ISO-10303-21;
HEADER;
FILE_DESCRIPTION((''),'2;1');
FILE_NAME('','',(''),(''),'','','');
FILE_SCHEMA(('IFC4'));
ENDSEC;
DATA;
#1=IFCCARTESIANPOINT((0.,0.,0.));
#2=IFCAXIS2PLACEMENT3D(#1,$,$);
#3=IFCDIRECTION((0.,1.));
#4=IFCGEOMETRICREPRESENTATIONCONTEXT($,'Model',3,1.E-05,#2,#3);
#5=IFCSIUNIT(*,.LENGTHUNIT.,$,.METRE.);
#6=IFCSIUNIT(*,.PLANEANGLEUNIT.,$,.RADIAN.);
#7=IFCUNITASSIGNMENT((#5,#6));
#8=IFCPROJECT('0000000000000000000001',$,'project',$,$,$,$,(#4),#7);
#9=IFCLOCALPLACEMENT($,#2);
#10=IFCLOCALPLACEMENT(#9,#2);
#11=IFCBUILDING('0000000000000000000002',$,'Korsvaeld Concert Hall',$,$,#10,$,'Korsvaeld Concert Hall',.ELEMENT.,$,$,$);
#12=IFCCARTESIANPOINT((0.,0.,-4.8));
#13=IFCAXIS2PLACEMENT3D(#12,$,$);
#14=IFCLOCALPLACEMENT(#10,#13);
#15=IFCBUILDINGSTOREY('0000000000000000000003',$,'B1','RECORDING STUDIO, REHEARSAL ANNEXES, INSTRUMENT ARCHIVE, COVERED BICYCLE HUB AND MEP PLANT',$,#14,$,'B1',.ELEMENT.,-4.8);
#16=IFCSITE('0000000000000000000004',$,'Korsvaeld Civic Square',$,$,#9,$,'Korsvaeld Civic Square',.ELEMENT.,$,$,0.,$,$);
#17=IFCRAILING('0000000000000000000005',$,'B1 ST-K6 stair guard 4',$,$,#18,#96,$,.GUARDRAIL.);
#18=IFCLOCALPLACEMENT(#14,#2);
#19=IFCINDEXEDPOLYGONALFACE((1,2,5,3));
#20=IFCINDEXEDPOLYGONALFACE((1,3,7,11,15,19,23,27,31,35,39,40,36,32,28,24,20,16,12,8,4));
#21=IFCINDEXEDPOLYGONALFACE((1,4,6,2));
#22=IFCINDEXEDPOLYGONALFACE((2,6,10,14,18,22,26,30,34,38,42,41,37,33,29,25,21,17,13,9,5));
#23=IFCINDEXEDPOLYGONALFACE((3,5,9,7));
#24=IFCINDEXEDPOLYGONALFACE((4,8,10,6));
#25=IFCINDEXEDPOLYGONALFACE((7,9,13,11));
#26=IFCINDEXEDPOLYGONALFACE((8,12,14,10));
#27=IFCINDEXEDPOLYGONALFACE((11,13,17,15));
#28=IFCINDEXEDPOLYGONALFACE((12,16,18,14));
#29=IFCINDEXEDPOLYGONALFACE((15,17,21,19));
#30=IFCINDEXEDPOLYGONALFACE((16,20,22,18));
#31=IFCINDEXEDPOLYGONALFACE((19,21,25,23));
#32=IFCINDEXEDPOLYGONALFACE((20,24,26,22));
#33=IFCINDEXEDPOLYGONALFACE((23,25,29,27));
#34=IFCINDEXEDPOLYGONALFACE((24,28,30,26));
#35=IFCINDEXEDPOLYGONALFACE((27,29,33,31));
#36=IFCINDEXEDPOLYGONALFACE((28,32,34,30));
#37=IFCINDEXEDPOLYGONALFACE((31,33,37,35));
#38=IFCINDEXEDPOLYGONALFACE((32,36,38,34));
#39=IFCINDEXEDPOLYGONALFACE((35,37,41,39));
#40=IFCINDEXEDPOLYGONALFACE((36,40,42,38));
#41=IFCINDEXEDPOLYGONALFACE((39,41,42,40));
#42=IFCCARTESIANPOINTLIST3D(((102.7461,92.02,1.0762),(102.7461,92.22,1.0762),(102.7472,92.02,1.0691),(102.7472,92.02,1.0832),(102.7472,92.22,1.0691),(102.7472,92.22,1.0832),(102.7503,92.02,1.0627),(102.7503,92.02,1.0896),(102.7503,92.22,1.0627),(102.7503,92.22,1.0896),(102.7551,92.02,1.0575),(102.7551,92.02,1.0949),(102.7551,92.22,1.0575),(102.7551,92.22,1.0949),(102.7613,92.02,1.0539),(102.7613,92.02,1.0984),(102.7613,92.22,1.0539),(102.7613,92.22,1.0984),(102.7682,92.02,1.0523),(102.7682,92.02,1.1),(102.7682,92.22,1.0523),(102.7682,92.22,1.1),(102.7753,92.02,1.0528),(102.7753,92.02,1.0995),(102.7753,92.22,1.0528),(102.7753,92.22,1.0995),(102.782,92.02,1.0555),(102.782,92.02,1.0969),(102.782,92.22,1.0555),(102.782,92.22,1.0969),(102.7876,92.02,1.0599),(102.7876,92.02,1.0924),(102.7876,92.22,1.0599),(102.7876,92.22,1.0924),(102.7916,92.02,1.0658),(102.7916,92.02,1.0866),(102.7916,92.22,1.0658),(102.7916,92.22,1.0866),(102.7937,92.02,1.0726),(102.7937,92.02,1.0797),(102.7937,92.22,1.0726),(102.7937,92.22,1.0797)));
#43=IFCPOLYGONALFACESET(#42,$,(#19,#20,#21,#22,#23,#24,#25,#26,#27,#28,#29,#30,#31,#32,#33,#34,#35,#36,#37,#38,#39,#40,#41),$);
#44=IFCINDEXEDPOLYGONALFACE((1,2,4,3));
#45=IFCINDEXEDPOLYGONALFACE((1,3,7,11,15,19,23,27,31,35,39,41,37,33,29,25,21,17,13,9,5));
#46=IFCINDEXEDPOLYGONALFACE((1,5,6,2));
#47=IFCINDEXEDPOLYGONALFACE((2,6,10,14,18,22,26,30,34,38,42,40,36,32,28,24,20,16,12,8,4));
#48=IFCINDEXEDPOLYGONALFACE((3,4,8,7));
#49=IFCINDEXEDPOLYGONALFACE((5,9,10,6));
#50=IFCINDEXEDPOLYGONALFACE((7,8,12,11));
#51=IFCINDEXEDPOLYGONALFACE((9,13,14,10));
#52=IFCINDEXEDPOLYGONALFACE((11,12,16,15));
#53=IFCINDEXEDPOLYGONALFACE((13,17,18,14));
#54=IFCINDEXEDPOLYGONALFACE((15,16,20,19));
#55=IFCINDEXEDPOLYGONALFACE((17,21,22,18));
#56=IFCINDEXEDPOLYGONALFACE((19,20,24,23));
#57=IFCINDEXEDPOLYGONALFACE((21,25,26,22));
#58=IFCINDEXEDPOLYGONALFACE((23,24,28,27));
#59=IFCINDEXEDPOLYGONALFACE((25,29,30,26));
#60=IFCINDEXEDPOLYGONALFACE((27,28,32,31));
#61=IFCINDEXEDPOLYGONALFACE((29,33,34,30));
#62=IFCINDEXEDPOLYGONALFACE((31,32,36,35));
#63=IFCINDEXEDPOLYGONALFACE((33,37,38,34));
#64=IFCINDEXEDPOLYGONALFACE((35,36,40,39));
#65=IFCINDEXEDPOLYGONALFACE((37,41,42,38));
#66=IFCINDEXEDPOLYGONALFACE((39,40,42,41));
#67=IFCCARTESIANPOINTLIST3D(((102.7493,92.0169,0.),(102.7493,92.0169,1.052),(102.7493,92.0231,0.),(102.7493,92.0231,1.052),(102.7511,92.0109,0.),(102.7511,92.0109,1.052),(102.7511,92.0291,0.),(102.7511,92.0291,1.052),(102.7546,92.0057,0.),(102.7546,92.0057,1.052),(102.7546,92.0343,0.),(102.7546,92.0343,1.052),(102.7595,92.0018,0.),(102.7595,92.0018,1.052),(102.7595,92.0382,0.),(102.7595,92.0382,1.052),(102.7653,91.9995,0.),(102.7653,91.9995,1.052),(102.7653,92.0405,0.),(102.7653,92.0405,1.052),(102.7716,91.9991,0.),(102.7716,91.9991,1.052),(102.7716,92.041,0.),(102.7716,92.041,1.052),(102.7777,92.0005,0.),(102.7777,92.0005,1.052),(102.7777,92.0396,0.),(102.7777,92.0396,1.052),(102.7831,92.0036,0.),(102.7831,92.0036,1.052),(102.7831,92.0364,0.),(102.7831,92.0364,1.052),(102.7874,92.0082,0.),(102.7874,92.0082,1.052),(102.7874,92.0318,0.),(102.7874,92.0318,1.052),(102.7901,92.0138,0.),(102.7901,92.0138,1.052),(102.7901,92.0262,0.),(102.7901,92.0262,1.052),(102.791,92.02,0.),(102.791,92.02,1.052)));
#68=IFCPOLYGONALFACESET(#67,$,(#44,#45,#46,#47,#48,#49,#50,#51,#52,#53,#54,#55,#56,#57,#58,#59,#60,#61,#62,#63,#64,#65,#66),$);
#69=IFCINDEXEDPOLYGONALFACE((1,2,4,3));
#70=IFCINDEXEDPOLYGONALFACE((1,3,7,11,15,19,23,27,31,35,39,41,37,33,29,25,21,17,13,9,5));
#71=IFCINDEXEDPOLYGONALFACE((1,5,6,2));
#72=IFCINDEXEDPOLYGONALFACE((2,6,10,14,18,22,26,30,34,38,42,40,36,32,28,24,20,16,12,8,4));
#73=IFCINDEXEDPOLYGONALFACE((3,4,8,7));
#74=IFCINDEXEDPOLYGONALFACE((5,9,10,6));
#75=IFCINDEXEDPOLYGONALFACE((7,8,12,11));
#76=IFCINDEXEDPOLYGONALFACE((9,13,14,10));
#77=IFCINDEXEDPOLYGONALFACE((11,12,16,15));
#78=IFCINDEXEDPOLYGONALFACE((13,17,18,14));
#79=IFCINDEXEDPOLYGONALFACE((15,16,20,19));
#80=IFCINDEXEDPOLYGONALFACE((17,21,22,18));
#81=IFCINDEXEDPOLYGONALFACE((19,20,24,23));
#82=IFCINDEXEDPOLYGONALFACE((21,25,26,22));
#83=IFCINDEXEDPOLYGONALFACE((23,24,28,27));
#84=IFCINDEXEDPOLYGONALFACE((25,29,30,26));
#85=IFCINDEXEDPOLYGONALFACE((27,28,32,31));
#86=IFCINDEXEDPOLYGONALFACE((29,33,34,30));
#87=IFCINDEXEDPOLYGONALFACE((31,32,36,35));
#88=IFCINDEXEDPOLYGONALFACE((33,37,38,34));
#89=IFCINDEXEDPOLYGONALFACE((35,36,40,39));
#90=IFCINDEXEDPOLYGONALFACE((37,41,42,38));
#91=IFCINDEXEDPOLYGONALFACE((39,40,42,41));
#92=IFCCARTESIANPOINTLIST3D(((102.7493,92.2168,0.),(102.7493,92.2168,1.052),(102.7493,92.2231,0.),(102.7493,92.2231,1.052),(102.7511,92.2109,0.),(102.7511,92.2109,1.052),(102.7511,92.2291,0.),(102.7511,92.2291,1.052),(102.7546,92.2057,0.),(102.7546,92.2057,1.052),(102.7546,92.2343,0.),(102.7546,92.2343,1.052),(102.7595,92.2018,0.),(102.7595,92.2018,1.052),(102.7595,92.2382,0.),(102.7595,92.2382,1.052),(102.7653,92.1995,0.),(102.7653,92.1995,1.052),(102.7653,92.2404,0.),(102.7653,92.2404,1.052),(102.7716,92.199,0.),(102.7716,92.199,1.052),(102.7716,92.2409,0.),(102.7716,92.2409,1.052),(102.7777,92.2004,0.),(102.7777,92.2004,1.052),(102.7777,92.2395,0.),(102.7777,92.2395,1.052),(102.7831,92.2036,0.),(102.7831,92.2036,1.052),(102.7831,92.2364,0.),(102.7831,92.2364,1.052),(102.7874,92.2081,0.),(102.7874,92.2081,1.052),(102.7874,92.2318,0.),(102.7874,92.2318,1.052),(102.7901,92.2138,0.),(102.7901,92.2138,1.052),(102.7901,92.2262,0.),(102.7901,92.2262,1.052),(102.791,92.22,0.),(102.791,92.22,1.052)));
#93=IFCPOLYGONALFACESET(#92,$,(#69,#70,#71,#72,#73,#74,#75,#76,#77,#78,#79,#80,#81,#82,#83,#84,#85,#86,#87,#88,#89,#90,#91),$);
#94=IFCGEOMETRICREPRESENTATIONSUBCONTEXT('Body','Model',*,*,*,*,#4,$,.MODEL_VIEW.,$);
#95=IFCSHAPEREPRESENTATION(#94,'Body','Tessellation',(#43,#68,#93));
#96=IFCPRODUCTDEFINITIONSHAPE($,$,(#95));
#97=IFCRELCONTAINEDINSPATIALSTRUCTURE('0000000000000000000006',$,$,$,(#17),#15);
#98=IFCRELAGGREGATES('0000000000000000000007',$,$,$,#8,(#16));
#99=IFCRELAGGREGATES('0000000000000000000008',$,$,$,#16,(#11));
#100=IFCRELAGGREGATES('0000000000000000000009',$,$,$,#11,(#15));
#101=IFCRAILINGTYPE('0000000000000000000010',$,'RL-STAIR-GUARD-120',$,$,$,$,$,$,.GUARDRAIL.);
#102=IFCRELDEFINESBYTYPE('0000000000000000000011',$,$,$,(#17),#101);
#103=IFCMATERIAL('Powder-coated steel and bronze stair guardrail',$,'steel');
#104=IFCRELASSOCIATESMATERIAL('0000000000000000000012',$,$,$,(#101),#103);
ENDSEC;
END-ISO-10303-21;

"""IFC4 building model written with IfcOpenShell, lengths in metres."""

from ifc_helpers import new_model, si_unit, direction, frame, origin, origin_2d, place, context, subcontext, project, spatial, circle, extrude, material, type_object, element, save


model = new_model("IFC4")

# Units and contexts
model_context = context("Model", 3, precision=1e-05, world=origin(), true_north=direction((0.0, 1.0)))
body_context = subcontext(model_context, "Body", "Model", "MODEL_VIEW")
ifc_project = project(units=[si_unit("LENGTHUNIT", "METRE"), si_unit("PLANEANGLEUNIT", "RADIAN")], contexts=[model_context])

# Site, building, storey
site_placement = place(None, origin())
site = spatial("IfcSite", under=ifc_project, at=site_placement, Name="Korsvaeld Civic Square", LongName="Korsvaeld Civic Square", CompositionType="ELEMENT", RefElevation=0.0)
building_placement = place(site_placement, origin())
building = spatial("IfcBuilding", under=site, at=building_placement, Name="Korsvaeld Concert Hall", LongName="Korsvaeld Concert Hall", CompositionType="ELEMENT")
storey_placement = place(building_placement, frame((0.0, 0.0, -4.8)))
storey = spatial("IfcBuildingStorey", under=building, at=storey_placement, Name="B1", Description="RECORDING STUDIO, REHEARSAL ANNEXES, INSTRUMENT ARCHIVE, COVERED BICYCLE HUB AND MEP PLANT", LongName="B1", CompositionType="ELEMENT", Elevation=-4.8)

# Railing
ifc_material_1 = material(Name="Powder-coated steel and bronze stair guardrail", Category="steel")
railing_type = type_object("IfcRailingType", Name="RL-STAIR-GUARD-120", PredefinedType="GUARDRAIL", material=ifc_material_1)
railing_1_placement = place(storey_placement, frame((102.77, 92.02, 0.0)))
element("IfcRailing", 1, at=railing_1_placement, inside=storey, type_object=railing_type, Name="B1 ST-K6 stair guard 4", PredefinedType="GUARDRAIL", context=body_context, shape_type="SweptSolid", body=[
    extrude(circle(Radius=0.0239, at=origin_2d()), frame((0.0, 0.0, 1.0762), z_axis=(0.0, 1.0, 0.0), x_axis=(-1.0, 0.0, 0.0)), (0.0, 0.0, 1.0), 0.2),
    extrude(circle(Radius=0.021, at=origin_2d()), origin(), (0.0, 0.0, 1.0), 1.052),
    extrude(circle(Radius=0.021, at=origin_2d()), frame((0.0, 0.2, 0.0)), (0.0, 0.0, 1.0), 1.052),
])

save(model, "model.ifc")
